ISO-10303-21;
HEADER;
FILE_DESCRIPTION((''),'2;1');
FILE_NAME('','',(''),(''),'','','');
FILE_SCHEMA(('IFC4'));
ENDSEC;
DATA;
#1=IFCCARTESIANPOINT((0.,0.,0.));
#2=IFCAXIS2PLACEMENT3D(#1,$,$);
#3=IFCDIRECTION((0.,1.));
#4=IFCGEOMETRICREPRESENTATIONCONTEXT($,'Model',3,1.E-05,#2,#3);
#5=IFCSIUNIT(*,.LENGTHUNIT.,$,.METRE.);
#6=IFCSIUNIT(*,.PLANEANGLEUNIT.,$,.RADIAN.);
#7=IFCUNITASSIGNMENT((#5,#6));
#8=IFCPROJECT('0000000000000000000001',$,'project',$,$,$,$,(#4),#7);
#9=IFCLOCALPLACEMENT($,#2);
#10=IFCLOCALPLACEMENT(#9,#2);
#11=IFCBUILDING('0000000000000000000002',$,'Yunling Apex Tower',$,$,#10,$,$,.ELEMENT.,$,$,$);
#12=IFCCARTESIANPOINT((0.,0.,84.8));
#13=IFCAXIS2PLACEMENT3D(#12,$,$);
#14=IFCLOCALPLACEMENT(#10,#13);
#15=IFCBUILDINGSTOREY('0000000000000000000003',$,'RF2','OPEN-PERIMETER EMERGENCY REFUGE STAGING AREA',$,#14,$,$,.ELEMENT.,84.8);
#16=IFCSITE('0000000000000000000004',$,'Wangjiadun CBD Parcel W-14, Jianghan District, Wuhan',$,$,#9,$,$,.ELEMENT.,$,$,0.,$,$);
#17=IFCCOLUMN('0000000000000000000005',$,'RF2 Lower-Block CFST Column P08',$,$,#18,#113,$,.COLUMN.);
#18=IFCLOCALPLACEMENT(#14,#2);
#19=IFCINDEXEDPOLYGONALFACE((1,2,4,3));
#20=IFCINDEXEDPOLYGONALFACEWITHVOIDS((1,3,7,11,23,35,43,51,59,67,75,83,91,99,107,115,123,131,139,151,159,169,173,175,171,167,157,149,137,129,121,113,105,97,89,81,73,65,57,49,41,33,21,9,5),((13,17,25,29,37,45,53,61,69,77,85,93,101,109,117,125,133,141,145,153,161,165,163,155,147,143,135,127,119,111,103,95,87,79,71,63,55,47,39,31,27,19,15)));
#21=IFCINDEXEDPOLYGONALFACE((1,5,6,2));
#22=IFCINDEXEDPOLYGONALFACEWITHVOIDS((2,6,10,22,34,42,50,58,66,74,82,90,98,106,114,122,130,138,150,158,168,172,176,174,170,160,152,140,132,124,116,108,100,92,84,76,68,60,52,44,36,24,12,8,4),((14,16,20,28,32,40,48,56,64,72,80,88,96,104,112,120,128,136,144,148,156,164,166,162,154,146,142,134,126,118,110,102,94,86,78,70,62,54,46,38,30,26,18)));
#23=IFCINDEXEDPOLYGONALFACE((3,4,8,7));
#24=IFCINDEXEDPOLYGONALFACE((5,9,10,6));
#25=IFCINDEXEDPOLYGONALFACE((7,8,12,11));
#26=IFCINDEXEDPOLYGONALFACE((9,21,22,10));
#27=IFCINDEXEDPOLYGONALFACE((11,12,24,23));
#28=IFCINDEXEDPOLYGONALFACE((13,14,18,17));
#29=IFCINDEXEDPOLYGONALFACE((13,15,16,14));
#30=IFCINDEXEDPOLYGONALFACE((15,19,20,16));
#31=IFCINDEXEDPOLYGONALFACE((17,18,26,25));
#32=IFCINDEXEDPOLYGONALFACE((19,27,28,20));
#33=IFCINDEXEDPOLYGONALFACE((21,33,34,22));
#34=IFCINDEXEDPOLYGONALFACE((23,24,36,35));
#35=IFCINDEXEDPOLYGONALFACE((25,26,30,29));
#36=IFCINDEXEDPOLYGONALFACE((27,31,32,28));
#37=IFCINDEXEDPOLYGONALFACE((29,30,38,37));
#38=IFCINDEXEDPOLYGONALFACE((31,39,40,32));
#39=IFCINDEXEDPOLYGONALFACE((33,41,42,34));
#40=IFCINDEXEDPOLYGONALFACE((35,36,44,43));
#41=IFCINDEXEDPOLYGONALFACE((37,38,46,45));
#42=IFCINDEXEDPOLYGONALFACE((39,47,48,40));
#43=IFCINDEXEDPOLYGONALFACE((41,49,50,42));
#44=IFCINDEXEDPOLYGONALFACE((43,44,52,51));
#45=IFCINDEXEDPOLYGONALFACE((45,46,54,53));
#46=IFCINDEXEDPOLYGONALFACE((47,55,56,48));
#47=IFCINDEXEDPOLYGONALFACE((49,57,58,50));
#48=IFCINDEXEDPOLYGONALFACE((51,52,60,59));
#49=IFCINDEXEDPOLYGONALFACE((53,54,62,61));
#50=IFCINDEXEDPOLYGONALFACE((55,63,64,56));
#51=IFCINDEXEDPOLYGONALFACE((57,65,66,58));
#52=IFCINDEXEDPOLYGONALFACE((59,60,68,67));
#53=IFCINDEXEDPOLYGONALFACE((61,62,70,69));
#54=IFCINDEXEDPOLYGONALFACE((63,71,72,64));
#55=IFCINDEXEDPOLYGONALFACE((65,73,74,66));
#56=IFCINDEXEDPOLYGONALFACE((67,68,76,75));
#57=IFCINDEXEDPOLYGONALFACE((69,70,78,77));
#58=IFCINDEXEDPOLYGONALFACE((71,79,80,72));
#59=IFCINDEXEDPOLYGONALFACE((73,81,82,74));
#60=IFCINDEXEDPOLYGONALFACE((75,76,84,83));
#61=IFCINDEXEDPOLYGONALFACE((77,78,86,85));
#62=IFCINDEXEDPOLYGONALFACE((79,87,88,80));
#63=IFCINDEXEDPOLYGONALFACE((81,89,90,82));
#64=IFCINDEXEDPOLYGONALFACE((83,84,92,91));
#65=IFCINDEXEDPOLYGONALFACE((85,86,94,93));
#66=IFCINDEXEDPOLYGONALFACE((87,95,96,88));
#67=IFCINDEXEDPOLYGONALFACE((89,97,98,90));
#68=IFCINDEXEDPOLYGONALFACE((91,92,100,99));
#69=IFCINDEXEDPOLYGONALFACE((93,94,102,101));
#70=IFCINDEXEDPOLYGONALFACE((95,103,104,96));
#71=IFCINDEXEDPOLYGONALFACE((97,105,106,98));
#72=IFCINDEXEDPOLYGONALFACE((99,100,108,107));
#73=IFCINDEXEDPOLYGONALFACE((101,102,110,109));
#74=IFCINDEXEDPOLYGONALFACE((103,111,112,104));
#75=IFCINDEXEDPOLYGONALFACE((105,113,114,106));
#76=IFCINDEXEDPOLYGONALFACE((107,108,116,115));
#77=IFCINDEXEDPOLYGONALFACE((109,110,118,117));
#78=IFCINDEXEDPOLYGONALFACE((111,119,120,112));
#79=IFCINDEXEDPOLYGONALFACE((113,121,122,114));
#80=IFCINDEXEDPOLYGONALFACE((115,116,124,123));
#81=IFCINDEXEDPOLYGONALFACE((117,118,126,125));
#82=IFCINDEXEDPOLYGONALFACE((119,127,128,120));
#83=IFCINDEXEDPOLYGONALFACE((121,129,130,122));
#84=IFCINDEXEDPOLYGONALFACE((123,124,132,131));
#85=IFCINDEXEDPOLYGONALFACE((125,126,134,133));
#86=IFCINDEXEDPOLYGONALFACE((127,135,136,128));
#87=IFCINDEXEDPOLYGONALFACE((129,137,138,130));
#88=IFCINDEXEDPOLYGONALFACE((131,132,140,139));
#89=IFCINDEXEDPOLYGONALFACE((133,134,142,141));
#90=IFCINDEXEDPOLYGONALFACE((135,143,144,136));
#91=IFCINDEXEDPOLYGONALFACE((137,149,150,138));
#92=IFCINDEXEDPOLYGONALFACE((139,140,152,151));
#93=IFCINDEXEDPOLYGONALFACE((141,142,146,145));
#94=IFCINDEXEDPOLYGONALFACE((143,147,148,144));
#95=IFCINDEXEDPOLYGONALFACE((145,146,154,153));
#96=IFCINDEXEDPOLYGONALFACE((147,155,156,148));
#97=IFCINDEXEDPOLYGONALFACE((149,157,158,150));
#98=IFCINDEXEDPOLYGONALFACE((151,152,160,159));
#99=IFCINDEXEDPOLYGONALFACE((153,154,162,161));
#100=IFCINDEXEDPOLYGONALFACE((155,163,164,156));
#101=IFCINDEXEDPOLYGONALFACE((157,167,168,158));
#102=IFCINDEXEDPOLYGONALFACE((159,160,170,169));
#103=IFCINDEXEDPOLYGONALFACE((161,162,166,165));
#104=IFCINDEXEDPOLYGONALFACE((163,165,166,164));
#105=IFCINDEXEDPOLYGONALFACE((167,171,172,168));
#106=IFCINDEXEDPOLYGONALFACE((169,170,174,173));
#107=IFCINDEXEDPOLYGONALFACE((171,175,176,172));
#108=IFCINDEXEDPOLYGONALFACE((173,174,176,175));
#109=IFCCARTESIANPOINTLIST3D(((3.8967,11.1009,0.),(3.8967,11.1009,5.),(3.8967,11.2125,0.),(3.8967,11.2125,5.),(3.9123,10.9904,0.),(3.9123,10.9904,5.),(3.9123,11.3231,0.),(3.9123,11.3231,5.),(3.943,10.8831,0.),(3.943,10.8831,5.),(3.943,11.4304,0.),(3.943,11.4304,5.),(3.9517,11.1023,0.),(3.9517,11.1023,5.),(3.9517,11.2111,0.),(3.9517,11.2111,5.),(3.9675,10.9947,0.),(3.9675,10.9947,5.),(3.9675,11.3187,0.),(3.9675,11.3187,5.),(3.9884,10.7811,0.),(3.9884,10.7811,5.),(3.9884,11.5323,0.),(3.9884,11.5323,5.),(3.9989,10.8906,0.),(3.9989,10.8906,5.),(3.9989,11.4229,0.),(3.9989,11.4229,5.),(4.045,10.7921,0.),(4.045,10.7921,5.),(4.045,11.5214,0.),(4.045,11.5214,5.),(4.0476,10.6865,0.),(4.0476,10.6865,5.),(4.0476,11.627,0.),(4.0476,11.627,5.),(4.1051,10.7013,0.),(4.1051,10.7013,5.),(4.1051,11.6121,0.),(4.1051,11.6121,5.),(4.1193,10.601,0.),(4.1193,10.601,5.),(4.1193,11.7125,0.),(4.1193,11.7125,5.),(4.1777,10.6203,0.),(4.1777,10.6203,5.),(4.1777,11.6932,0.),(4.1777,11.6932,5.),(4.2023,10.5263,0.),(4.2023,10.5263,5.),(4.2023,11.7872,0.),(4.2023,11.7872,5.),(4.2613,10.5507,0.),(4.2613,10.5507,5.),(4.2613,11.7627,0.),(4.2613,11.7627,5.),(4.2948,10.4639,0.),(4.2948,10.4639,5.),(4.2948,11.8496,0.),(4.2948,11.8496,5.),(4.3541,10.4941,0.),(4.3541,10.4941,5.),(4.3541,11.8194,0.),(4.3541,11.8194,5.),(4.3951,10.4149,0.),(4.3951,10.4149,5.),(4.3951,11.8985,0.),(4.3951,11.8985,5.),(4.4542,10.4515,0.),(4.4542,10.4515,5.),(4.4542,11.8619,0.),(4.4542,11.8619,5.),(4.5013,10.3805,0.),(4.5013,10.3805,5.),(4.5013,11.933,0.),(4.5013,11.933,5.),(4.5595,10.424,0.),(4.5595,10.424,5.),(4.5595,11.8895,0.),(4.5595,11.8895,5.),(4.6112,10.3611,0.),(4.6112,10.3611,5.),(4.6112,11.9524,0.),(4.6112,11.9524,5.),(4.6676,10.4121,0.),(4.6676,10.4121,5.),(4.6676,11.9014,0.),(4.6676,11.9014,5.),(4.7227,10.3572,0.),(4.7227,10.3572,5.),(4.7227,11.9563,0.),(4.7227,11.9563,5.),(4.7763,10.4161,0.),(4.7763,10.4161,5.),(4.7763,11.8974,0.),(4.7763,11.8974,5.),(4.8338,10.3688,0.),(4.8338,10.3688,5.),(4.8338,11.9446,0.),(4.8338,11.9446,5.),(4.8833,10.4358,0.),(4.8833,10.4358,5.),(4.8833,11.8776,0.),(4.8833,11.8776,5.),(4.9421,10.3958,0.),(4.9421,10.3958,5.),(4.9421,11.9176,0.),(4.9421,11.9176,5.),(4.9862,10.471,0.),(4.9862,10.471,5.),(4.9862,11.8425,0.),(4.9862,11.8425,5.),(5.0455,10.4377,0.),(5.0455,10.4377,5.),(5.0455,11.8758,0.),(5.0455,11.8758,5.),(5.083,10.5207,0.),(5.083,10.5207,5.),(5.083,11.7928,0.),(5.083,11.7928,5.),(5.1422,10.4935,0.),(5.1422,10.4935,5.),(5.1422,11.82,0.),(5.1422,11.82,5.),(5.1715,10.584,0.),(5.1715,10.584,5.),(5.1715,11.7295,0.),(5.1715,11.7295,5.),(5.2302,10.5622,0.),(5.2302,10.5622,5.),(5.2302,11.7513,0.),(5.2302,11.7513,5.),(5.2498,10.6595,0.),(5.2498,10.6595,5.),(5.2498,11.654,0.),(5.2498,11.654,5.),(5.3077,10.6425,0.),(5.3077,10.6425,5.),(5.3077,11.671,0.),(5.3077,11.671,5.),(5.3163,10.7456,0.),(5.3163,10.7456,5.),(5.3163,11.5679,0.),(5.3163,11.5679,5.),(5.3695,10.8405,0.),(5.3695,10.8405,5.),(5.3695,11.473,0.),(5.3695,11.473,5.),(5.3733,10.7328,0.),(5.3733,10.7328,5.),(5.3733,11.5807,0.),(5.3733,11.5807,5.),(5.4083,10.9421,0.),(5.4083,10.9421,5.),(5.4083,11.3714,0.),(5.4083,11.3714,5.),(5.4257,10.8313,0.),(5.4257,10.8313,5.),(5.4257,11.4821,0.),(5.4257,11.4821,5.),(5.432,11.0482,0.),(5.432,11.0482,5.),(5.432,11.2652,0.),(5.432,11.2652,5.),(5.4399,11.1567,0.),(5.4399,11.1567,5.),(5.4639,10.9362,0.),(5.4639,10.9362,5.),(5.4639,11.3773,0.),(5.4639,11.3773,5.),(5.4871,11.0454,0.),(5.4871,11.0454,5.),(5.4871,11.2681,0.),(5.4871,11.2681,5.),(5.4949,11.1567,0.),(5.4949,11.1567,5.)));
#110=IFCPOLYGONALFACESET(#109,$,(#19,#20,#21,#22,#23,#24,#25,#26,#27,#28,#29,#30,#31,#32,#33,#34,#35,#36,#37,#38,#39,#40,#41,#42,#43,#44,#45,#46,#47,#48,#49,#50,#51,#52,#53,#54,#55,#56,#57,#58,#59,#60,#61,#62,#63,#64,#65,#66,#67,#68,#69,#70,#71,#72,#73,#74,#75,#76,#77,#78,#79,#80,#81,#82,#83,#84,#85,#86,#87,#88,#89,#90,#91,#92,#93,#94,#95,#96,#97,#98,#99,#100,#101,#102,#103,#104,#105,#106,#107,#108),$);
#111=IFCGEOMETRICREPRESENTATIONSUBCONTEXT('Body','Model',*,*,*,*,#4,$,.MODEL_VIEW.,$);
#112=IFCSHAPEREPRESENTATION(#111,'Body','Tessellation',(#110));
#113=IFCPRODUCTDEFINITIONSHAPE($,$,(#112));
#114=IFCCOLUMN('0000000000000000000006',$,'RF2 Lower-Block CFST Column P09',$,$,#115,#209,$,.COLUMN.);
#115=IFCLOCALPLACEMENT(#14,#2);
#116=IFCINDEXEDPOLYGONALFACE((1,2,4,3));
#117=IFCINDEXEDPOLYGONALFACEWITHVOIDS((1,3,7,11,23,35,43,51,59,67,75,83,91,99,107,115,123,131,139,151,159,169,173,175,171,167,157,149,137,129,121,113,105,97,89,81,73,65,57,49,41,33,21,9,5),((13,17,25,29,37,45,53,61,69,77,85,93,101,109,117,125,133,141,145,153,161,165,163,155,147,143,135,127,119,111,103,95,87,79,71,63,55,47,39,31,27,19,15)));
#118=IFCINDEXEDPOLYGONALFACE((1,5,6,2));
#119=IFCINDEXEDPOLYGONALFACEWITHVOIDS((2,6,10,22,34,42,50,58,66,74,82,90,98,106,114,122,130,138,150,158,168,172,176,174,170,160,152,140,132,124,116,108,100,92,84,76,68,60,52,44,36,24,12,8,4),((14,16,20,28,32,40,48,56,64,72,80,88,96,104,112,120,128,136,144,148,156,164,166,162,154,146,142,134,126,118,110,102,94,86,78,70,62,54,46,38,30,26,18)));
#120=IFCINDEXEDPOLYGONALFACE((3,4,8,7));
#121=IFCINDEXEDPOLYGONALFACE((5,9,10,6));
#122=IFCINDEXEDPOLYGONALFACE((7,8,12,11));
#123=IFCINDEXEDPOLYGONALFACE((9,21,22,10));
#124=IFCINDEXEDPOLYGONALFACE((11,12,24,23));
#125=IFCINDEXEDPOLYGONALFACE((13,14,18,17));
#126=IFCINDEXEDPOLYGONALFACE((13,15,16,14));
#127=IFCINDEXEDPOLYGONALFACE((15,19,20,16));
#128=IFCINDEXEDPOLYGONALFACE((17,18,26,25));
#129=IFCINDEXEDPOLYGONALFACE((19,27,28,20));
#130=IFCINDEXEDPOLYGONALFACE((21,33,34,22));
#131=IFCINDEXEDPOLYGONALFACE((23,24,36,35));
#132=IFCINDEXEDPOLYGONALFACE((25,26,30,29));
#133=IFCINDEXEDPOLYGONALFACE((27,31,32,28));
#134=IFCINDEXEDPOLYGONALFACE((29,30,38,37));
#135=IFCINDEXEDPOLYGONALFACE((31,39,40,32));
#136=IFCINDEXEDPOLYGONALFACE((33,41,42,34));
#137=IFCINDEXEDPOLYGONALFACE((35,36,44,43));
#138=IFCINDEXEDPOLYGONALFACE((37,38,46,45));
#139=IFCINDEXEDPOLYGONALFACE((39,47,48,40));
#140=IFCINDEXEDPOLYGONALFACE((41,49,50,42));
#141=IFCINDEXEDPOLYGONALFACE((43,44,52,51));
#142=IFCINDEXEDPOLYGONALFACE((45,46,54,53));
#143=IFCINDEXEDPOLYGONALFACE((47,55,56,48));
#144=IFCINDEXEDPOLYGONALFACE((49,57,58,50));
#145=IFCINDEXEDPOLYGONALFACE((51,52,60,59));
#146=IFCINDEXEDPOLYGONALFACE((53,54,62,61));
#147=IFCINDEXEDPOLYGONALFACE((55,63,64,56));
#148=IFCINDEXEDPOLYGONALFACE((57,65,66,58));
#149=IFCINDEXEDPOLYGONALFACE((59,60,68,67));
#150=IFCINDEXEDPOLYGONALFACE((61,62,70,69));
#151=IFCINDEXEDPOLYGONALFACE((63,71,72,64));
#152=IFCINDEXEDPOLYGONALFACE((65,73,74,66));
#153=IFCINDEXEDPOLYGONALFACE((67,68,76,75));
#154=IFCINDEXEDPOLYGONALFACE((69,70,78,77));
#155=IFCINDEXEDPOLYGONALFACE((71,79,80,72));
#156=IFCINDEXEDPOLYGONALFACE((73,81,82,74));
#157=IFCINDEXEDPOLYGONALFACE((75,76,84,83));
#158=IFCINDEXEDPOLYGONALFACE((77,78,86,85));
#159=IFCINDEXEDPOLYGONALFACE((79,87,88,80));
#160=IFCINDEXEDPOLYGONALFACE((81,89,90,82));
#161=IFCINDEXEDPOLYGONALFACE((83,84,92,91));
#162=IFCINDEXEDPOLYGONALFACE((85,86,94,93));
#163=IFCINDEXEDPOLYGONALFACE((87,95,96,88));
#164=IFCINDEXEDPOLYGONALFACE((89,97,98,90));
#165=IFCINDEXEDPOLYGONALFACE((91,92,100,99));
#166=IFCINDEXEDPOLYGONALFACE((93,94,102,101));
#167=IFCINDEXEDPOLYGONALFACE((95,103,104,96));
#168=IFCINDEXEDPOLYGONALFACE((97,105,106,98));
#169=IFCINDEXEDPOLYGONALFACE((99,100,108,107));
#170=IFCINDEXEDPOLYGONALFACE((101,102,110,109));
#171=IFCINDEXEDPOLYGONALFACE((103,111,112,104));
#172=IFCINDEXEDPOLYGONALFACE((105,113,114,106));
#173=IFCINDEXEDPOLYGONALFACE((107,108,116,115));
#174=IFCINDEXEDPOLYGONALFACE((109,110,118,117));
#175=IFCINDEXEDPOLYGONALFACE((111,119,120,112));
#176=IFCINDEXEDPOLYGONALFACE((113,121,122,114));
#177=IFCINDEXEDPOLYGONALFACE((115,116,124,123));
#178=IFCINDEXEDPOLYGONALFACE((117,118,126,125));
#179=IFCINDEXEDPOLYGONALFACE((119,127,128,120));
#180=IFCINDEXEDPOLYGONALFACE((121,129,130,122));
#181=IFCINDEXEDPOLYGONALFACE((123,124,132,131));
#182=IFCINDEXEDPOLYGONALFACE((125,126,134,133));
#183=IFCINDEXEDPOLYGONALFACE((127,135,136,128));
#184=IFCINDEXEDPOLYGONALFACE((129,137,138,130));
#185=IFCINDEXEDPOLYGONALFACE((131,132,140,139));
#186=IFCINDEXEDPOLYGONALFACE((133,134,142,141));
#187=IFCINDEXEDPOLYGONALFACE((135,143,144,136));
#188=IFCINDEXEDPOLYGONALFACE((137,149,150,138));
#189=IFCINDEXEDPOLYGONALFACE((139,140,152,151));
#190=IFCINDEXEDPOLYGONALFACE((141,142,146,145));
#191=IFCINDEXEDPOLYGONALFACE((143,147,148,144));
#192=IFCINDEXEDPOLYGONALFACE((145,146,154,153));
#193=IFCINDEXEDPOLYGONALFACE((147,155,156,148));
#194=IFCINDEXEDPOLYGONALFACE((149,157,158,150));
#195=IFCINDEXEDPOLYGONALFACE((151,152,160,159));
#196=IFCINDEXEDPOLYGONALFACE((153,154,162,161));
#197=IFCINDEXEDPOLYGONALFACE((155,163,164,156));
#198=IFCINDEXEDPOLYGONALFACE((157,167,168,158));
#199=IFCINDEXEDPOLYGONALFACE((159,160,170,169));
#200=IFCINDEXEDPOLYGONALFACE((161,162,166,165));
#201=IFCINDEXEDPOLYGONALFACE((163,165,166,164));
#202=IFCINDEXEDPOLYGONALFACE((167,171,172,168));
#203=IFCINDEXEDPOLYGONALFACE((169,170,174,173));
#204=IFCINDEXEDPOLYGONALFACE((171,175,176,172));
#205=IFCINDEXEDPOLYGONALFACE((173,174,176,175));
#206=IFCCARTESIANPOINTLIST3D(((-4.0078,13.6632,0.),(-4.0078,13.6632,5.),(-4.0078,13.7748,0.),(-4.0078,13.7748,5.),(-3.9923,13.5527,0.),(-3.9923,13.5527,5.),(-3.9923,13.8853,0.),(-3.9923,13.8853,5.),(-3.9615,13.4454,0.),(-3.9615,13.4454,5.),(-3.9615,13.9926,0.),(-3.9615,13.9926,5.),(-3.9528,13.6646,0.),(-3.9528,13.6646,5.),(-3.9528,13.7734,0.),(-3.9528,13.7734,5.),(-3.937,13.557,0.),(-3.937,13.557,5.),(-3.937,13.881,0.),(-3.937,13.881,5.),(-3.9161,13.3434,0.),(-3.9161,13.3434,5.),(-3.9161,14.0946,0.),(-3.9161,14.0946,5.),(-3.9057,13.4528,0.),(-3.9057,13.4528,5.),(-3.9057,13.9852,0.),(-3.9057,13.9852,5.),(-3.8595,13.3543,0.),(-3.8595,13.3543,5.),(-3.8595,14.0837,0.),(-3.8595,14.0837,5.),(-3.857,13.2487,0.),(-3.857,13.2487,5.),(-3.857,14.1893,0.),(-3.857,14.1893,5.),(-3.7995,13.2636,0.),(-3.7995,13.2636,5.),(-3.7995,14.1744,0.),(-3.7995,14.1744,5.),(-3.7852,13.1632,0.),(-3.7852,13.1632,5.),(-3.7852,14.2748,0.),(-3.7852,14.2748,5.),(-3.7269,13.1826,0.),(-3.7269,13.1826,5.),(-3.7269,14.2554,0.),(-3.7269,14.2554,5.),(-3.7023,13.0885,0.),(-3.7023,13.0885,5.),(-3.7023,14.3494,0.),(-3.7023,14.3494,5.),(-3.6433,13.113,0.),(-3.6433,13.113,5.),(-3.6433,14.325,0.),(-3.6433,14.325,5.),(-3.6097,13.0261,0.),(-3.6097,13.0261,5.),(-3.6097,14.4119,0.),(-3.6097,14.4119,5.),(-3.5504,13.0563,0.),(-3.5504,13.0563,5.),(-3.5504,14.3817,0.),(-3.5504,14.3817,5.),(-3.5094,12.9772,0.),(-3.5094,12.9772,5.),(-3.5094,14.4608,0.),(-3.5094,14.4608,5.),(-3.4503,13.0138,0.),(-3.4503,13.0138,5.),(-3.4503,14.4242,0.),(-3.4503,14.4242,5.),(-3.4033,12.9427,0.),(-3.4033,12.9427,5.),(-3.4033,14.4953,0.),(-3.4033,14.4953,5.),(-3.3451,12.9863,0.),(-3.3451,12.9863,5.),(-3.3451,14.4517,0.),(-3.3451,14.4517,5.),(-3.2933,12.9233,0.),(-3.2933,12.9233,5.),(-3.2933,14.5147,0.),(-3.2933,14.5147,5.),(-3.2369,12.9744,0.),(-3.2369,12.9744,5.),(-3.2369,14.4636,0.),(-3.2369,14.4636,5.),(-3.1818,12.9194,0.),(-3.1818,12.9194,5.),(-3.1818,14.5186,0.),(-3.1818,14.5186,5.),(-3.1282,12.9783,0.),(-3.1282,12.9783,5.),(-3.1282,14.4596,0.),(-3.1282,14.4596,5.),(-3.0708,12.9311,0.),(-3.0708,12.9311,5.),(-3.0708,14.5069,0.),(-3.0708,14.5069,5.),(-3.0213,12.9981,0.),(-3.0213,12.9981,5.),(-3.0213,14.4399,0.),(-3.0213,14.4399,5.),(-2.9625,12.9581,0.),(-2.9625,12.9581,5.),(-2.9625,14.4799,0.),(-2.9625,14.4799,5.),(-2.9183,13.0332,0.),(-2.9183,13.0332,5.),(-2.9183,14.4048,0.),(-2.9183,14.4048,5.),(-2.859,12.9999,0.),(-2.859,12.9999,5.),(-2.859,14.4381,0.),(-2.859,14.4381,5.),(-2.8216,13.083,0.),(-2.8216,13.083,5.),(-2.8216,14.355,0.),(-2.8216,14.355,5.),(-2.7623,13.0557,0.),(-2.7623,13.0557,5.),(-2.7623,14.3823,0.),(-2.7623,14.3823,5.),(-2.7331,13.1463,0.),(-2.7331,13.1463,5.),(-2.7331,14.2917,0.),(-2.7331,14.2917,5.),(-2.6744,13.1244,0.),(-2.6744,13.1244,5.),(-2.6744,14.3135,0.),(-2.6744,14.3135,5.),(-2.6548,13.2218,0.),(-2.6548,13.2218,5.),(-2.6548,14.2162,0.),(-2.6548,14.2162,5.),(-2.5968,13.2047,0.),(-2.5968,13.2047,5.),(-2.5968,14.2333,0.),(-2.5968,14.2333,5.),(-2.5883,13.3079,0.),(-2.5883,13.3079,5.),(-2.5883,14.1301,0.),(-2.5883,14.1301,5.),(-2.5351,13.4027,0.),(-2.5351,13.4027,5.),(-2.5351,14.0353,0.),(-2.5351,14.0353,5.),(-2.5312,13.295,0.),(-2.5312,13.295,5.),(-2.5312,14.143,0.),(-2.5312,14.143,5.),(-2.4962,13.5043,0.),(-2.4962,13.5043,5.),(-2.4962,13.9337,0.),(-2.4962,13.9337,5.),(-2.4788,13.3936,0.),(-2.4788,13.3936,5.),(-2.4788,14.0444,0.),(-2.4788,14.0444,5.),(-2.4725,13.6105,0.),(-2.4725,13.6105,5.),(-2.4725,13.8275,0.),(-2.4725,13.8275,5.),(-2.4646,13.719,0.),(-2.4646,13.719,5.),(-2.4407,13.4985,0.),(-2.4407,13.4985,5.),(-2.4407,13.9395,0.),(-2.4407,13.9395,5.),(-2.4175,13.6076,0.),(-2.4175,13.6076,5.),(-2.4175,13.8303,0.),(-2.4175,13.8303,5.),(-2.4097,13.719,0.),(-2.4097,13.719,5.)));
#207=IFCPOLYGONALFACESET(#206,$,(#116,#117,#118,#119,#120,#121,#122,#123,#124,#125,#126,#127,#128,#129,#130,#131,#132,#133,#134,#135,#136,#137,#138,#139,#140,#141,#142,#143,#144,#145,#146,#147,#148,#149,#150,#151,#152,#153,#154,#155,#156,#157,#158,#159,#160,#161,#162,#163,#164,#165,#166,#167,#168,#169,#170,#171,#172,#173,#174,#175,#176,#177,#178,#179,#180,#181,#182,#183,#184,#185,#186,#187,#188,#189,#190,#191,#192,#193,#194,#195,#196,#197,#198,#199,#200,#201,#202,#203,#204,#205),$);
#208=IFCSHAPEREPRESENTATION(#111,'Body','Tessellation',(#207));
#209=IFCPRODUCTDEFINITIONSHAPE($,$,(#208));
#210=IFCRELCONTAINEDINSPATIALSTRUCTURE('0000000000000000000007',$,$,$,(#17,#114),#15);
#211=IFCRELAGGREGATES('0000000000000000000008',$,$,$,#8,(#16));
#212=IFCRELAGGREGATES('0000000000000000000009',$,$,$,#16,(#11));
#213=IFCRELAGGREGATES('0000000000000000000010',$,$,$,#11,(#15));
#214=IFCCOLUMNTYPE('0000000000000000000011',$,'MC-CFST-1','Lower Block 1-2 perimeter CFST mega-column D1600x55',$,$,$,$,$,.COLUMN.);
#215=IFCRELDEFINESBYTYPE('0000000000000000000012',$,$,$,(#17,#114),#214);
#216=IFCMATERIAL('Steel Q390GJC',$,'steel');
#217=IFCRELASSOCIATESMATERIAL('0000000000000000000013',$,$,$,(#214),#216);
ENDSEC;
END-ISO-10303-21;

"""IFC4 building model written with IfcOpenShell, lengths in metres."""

from ifc_helpers import new_model, si_unit, direction, frame, origin, origin_2d, place, context, subcontext, project, spatial, hollow_circle, extrude, source, transform, mapped, material, material_profile, profile_set, type_object, element, save


model = new_model("IFC4")

# Units and contexts
model_context = context("Model", 3, precision=1e-05, world=origin(), true_north=direction((0.0, 1.0)))
body_context = subcontext(model_context, "Body", "Model", "MODEL_VIEW")
ifc_project = project(units=[si_unit("LENGTHUNIT", "METRE"), si_unit("PLANEANGLEUNIT", "RADIAN")], contexts=[model_context])

# Site, building, storey
site_placement = place(None, origin())
site = spatial("IfcSite", under=ifc_project, at=site_placement, Name="Wangjiadun CBD Parcel W-14, Jianghan District, Wuhan", CompositionType="ELEMENT", RefElevation=0.0)
building_placement = place(site_placement, origin())
building = spatial("IfcBuilding", under=site, at=building_placement, Name="Yunling Apex Tower", CompositionType="ELEMENT")
storey_placement = place(building_placement, frame((0.0, 0.0, 84.8)))
storey = spatial("IfcBuildingStorey", under=building, at=storey_placement, Name="RF2", Description="OPEN-PERIMETER EMERGENCY REFUGE STAGING AREA", CompositionType="ELEMENT", Elevation=84.8)

# Columns
ifc_material_1 = material(Name="Steel Q390GJC", Category="steel")
ifc_material_profile_1 = material_profile(ifc_material_1, hollow_circle(Radius=0.8, WallThickness=0.0549, at=origin_2d()))
ifc_profile_set_1 = profile_set([ifc_material_profile_1], Name="Steel Q390GJC")
column_type = type_object("IfcColumnType", Name="MC-CFST-1", Description="Lower Block 1-2 perimeter CFST mega-column D1600x55", PredefinedType="COLUMN", material=ifc_profile_set_1)
shared_shape_1 = source(origin(), body_context, "Body", "SweptSolid", [
    extrude(hollow_circle(Radius=0.8, WallThickness=0.0549, at=origin_2d()), origin(), (0.0, 0.0, 1.0), 5.0),
])
for number, where, z_axis, x_axis, name in (
    (1, (4.6948, 11.1567, 0.0), (0.0, 0.0, 1.0), (1.0, 0.0, 0.0), "RF2 Lower-Block CFST Column P08"),
    (2, (-3.2097, 13.719, 0.0), (0.0, 0.0, 1.0), (1.0, 0.0, 0.0), "RF2 Lower-Block CFST Column P09"),
):
    element("IfcColumn", number, at=place(storey_placement, frame(where, z_axis=z_axis, x_axis=x_axis)), inside=storey, type_object=column_type, Name=name, PredefinedType="COLUMN", context=body_context, shape_type="MappedRepresentation", body=[
        mapped(shared_shape_1, transform((0.0, 0.0, 0.0), scale=1.0)),
    ])

save(model, "model.ifc")
